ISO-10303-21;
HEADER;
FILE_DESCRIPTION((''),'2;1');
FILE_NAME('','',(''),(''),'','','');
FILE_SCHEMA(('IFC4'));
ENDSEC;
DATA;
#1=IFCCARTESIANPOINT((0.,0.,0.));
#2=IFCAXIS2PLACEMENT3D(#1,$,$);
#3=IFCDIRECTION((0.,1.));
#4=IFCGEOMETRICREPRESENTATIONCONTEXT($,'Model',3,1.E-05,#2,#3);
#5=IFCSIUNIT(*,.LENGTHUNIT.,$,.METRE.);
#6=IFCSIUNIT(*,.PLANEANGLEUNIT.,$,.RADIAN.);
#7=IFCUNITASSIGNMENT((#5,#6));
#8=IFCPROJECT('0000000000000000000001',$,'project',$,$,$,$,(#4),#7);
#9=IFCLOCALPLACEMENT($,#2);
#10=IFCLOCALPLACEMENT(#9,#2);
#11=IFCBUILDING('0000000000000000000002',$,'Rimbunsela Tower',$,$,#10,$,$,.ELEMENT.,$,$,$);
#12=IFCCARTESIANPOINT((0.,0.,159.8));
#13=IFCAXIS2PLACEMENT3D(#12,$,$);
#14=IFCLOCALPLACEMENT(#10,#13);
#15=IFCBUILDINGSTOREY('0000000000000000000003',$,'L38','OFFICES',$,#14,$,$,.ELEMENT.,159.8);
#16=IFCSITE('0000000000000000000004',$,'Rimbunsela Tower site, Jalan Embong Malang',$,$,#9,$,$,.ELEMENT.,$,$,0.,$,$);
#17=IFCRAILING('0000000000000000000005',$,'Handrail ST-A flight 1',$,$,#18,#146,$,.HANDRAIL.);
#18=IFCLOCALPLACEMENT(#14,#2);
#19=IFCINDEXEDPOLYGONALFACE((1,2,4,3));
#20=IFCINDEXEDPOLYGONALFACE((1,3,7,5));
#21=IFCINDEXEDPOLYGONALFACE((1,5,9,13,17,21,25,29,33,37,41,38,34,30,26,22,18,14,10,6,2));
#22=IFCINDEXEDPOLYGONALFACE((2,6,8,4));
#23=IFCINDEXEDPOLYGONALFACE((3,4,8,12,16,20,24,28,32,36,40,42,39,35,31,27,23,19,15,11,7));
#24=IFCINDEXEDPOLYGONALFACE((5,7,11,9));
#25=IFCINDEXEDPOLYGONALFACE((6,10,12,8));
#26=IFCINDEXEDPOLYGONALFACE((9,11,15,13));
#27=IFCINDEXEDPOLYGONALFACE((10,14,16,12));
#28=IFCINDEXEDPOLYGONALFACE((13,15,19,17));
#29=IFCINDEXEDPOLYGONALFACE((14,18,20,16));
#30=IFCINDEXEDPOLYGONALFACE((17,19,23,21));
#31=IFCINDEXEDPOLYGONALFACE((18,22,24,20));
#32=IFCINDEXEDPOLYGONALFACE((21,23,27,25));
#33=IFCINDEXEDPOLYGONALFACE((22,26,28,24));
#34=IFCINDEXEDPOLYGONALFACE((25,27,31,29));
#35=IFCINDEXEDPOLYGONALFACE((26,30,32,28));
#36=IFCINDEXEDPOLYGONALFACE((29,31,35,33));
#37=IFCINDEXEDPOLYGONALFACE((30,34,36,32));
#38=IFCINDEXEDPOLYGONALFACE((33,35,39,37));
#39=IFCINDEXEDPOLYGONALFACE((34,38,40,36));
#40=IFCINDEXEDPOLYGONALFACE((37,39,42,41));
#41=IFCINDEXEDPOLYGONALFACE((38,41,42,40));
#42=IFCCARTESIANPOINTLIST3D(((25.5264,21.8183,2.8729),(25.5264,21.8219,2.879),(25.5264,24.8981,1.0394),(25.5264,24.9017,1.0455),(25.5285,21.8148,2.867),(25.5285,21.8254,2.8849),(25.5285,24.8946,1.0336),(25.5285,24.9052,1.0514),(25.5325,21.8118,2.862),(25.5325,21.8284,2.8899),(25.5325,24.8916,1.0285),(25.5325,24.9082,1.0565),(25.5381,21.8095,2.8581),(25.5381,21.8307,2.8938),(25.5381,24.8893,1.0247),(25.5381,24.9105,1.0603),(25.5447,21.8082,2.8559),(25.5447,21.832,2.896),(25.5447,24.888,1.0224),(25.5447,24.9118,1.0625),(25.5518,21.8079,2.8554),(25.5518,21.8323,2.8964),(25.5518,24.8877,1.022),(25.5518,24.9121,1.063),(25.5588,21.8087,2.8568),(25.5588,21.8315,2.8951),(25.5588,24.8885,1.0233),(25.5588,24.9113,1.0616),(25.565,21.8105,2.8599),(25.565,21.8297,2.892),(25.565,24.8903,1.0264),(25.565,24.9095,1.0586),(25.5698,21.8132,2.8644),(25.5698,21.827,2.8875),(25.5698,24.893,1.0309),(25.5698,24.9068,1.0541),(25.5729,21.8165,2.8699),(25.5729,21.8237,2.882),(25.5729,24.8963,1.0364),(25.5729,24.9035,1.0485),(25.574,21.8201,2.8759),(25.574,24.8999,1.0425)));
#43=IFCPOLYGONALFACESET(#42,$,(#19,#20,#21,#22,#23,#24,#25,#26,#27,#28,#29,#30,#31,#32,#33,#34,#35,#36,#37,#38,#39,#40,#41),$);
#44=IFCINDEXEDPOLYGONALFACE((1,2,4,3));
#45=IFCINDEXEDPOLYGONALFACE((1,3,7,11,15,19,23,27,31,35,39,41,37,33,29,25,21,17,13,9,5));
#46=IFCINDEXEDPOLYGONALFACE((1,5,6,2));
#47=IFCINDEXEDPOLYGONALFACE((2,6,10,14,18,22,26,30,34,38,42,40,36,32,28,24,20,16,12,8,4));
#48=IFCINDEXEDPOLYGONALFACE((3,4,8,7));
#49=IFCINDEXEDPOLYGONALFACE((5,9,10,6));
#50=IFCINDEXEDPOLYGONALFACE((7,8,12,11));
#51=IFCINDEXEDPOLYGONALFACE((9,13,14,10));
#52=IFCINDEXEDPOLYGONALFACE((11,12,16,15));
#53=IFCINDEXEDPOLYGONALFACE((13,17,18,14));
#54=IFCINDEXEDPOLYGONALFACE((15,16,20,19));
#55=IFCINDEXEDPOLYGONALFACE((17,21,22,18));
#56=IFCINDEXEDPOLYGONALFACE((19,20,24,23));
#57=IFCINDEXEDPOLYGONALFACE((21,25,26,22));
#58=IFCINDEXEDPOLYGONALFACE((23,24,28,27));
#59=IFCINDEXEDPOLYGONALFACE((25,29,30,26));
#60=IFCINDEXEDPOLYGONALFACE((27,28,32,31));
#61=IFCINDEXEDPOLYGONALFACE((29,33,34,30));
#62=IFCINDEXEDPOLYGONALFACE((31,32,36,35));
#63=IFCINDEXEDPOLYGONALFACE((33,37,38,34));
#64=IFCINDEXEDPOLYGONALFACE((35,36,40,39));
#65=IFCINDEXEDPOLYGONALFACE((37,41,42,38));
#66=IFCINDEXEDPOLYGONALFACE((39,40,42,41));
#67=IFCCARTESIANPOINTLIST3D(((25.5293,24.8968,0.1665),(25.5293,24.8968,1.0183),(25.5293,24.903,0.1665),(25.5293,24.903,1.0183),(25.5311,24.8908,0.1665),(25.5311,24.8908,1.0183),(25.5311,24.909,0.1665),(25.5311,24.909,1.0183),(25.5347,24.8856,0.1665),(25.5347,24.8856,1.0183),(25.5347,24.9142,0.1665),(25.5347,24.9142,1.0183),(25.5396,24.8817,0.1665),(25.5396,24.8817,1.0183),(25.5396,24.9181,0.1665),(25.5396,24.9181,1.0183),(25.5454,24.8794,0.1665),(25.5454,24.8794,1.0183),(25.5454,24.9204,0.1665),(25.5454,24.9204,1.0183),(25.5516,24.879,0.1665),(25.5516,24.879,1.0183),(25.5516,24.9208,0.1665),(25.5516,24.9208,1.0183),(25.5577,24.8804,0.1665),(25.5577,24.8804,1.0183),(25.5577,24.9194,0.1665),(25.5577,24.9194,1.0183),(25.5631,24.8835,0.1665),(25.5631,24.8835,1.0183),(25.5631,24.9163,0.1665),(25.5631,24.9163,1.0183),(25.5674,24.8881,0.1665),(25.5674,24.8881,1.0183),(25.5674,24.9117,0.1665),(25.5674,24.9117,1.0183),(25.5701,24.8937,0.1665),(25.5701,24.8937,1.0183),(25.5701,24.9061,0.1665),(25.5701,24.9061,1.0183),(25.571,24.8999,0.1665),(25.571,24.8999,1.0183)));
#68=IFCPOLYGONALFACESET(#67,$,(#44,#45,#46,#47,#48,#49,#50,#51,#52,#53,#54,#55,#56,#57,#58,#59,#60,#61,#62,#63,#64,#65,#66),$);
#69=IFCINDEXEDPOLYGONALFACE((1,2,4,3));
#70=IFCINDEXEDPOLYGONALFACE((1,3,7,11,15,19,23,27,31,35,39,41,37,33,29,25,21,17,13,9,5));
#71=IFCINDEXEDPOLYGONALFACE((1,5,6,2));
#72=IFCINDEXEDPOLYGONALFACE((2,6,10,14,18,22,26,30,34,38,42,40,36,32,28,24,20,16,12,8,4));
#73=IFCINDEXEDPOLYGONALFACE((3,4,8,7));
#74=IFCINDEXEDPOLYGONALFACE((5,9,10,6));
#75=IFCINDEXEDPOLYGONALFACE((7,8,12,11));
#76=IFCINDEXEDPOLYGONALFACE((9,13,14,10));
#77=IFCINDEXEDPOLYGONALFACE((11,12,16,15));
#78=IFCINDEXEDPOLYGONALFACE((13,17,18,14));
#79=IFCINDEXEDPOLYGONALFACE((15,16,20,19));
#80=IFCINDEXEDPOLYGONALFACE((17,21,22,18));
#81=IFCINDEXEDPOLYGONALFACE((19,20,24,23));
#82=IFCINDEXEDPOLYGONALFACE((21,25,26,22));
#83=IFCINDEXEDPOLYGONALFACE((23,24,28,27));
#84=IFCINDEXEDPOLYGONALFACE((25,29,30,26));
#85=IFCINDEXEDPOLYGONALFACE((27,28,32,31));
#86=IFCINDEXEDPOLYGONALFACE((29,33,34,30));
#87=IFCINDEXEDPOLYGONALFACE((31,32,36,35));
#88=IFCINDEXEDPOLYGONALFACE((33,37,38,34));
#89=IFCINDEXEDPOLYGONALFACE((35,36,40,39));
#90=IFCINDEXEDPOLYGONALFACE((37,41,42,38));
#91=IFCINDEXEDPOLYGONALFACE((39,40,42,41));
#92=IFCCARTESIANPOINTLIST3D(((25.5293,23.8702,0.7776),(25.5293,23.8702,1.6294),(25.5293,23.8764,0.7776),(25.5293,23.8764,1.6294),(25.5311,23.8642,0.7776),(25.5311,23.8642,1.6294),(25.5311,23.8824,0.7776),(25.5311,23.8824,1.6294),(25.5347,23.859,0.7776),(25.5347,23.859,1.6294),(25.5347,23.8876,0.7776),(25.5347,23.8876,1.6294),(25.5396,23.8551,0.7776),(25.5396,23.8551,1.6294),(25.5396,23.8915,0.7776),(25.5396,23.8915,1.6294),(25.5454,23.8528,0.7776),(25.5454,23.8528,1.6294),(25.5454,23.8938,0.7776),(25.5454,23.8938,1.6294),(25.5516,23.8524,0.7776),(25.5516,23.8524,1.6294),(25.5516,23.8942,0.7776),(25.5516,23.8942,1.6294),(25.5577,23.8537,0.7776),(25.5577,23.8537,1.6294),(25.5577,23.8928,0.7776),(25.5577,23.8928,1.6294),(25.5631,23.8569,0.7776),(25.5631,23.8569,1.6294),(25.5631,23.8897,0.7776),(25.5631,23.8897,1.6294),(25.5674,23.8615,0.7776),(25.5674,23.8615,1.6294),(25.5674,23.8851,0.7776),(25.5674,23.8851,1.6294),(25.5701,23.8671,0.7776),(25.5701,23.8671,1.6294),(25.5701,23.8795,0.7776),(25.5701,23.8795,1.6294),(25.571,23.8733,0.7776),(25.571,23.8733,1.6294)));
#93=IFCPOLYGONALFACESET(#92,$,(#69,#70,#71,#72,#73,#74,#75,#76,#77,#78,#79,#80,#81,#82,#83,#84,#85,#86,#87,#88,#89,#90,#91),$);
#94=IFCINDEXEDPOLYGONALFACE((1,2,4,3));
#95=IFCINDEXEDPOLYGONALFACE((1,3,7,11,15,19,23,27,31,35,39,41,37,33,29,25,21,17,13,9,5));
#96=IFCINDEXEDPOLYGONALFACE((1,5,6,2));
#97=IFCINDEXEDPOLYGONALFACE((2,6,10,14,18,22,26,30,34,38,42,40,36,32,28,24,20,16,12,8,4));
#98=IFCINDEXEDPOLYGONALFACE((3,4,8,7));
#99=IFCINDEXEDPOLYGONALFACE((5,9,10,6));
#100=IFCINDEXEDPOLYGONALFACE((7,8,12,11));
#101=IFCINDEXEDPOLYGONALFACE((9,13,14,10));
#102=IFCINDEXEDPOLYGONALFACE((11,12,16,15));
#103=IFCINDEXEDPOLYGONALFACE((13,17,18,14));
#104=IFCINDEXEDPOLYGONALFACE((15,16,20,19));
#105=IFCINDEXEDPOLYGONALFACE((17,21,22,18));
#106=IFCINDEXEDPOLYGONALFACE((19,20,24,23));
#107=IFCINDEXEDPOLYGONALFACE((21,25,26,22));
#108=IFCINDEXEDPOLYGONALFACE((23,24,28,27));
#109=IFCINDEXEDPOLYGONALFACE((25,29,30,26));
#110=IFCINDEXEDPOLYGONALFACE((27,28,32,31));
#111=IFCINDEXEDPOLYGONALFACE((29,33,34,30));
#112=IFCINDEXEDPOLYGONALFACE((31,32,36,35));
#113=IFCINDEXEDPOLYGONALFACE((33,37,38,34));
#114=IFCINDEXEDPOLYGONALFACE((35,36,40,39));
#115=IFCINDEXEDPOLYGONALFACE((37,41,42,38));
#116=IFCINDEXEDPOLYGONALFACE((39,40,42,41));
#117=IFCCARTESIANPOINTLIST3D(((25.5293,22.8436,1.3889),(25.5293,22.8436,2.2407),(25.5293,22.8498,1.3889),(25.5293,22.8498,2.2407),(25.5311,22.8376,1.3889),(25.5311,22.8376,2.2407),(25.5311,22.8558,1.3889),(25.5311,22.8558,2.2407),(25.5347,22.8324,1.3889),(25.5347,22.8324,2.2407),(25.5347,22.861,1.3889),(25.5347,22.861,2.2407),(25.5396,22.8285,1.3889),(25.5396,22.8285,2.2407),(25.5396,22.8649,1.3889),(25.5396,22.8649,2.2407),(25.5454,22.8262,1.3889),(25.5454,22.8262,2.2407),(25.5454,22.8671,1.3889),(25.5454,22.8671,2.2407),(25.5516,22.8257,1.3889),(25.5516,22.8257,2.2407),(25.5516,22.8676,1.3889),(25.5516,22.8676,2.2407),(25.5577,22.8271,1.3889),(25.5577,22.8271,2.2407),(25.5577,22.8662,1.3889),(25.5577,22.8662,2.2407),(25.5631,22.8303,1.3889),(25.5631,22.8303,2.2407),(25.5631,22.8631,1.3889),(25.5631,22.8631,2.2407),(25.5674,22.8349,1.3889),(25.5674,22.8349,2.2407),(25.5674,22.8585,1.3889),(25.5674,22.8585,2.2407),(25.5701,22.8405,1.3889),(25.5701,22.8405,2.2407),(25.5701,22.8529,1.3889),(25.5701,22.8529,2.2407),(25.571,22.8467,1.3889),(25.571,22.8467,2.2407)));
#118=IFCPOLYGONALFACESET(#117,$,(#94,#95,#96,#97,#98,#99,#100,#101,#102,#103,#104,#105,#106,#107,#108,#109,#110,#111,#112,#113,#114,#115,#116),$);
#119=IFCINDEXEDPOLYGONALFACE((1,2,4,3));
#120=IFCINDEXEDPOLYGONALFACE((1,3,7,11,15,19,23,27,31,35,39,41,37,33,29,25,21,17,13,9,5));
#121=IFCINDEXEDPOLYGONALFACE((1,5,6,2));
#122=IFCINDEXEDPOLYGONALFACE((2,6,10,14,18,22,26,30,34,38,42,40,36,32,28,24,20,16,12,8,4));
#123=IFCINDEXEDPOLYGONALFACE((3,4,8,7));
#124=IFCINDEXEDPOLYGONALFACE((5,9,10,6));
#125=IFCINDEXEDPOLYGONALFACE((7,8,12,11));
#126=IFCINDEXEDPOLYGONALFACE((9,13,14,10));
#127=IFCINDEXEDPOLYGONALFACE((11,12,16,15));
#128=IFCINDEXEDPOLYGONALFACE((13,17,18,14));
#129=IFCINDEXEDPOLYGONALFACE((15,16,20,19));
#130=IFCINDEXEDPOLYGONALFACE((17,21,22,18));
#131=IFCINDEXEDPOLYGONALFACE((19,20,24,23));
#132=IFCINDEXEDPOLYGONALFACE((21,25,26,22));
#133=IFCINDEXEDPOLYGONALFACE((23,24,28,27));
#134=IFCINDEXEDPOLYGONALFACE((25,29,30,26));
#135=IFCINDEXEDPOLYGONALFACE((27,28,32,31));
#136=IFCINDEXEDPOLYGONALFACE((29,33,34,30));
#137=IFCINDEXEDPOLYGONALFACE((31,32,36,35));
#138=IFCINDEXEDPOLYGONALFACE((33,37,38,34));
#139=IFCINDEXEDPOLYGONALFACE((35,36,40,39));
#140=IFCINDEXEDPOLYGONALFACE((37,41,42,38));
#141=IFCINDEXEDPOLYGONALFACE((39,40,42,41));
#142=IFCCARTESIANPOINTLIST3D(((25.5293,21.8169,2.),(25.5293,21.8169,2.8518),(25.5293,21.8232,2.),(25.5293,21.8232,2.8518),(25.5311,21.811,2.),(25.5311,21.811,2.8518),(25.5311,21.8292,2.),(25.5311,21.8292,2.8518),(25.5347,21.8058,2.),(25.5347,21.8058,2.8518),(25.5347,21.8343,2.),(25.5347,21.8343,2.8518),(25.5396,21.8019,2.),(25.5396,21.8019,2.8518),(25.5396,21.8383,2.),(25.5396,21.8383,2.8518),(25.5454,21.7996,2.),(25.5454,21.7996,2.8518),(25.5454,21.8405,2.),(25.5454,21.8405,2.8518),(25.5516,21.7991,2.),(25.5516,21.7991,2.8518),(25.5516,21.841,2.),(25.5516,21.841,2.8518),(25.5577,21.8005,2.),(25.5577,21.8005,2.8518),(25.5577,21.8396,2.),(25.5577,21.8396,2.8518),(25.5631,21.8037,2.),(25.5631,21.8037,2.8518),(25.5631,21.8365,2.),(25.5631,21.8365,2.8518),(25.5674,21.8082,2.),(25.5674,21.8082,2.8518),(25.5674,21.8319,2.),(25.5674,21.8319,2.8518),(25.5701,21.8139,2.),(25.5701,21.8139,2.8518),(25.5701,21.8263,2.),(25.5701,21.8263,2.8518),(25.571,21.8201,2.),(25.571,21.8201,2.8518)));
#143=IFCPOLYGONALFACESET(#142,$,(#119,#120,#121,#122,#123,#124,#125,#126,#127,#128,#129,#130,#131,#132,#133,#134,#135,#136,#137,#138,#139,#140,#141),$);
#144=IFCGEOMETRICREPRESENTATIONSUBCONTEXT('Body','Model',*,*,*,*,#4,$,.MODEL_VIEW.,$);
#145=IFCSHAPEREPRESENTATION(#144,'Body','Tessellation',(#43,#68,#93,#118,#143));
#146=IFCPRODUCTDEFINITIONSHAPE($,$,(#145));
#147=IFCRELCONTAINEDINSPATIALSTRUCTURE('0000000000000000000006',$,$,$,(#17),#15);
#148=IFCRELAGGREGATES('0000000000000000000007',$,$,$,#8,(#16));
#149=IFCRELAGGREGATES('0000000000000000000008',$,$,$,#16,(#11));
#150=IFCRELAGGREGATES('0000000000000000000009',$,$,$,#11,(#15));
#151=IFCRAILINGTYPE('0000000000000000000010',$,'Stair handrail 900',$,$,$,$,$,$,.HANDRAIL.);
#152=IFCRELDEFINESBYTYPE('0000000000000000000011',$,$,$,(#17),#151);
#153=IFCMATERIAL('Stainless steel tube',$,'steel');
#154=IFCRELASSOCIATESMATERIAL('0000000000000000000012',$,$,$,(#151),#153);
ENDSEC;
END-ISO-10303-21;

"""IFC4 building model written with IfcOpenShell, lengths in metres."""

from ifc_helpers import new_model, si_unit, direction, frame, origin, origin_2d, place, context, subcontext, project, spatial, circle, extrude, material, type_object, element, save


model = new_model("IFC4")

# Units and contexts
model_context = context("Model", 3, precision=1e-05, world=origin(), true_north=direction((0.0, 1.0)))
body_context = subcontext(model_context, "Body", "Model", "MODEL_VIEW")
ifc_project = project(units=[si_unit("LENGTHUNIT", "METRE"), si_unit("PLANEANGLEUNIT", "RADIAN")], contexts=[model_context])

# Site, building, storey
site_placement = place(None, origin())
site = spatial("IfcSite", under=ifc_project, at=site_placement, Name="Rimbunsela Tower site, Jalan Embong Malang", CompositionType="ELEMENT", RefElevation=0.0)
building_placement = place(site_placement, origin())
building = spatial("IfcBuilding", under=site, at=building_placement, Name="Rimbunsela Tower", CompositionType="ELEMENT")
storey_placement = place(building_placement, frame((0.0, 0.0, 159.8)))
storey = spatial("IfcBuildingStorey", under=building, at=storey_placement, Name="L38", Description="OFFICES", CompositionType="ELEMENT", Elevation=159.8)

# Railing
ifc_material_1 = material(Name="Stainless steel tube", Category="steel")
railing_type = type_object("IfcRailingType", Name="Stair handrail 900", PredefinedType="HANDRAIL", material=ifc_material_1)
for number, where, name in (
    (1, (25.55, 24.8999, 0.1665), "Handrail ST-A flight 1"),
):
    element("IfcRailing", number, at=place(storey_placement, frame(where)), inside=storey, type_object=railing_type, Name=name, PredefinedType="HANDRAIL", context=body_context, shape_type="SweptSolid", body=[
        extrude(circle(Radius=0.0239, at=origin_2d()), frame((0.0, 0.0, 0.876), z_axis=(0.0, -0.859261, 0.511538), x_axis=(1.0, 0.0, 0.0)), (0.0, 0.0, 1.0), 3.5842),
        extrude(circle(Radius=0.021, at=origin_2d()), origin(), (0.0, 0.0, 1.0), 0.8518),
        extrude(circle(Radius=0.021, at=origin_2d()), frame((0.0, -1.0266, 0.6111)), (0.0, 0.0, 1.0), 0.8518),
        extrude(circle(Radius=0.021, at=origin_2d()), frame((0.0, -2.0532, 1.2224)), (0.0, 0.0, 1.0), 0.8518),
        extrude(circle(Radius=0.021, at=origin_2d()), frame((0.0, -3.0798, 1.8335)), (0.0, 0.0, 1.0), 0.8518),
    ])

save(model, "model.ifc")
